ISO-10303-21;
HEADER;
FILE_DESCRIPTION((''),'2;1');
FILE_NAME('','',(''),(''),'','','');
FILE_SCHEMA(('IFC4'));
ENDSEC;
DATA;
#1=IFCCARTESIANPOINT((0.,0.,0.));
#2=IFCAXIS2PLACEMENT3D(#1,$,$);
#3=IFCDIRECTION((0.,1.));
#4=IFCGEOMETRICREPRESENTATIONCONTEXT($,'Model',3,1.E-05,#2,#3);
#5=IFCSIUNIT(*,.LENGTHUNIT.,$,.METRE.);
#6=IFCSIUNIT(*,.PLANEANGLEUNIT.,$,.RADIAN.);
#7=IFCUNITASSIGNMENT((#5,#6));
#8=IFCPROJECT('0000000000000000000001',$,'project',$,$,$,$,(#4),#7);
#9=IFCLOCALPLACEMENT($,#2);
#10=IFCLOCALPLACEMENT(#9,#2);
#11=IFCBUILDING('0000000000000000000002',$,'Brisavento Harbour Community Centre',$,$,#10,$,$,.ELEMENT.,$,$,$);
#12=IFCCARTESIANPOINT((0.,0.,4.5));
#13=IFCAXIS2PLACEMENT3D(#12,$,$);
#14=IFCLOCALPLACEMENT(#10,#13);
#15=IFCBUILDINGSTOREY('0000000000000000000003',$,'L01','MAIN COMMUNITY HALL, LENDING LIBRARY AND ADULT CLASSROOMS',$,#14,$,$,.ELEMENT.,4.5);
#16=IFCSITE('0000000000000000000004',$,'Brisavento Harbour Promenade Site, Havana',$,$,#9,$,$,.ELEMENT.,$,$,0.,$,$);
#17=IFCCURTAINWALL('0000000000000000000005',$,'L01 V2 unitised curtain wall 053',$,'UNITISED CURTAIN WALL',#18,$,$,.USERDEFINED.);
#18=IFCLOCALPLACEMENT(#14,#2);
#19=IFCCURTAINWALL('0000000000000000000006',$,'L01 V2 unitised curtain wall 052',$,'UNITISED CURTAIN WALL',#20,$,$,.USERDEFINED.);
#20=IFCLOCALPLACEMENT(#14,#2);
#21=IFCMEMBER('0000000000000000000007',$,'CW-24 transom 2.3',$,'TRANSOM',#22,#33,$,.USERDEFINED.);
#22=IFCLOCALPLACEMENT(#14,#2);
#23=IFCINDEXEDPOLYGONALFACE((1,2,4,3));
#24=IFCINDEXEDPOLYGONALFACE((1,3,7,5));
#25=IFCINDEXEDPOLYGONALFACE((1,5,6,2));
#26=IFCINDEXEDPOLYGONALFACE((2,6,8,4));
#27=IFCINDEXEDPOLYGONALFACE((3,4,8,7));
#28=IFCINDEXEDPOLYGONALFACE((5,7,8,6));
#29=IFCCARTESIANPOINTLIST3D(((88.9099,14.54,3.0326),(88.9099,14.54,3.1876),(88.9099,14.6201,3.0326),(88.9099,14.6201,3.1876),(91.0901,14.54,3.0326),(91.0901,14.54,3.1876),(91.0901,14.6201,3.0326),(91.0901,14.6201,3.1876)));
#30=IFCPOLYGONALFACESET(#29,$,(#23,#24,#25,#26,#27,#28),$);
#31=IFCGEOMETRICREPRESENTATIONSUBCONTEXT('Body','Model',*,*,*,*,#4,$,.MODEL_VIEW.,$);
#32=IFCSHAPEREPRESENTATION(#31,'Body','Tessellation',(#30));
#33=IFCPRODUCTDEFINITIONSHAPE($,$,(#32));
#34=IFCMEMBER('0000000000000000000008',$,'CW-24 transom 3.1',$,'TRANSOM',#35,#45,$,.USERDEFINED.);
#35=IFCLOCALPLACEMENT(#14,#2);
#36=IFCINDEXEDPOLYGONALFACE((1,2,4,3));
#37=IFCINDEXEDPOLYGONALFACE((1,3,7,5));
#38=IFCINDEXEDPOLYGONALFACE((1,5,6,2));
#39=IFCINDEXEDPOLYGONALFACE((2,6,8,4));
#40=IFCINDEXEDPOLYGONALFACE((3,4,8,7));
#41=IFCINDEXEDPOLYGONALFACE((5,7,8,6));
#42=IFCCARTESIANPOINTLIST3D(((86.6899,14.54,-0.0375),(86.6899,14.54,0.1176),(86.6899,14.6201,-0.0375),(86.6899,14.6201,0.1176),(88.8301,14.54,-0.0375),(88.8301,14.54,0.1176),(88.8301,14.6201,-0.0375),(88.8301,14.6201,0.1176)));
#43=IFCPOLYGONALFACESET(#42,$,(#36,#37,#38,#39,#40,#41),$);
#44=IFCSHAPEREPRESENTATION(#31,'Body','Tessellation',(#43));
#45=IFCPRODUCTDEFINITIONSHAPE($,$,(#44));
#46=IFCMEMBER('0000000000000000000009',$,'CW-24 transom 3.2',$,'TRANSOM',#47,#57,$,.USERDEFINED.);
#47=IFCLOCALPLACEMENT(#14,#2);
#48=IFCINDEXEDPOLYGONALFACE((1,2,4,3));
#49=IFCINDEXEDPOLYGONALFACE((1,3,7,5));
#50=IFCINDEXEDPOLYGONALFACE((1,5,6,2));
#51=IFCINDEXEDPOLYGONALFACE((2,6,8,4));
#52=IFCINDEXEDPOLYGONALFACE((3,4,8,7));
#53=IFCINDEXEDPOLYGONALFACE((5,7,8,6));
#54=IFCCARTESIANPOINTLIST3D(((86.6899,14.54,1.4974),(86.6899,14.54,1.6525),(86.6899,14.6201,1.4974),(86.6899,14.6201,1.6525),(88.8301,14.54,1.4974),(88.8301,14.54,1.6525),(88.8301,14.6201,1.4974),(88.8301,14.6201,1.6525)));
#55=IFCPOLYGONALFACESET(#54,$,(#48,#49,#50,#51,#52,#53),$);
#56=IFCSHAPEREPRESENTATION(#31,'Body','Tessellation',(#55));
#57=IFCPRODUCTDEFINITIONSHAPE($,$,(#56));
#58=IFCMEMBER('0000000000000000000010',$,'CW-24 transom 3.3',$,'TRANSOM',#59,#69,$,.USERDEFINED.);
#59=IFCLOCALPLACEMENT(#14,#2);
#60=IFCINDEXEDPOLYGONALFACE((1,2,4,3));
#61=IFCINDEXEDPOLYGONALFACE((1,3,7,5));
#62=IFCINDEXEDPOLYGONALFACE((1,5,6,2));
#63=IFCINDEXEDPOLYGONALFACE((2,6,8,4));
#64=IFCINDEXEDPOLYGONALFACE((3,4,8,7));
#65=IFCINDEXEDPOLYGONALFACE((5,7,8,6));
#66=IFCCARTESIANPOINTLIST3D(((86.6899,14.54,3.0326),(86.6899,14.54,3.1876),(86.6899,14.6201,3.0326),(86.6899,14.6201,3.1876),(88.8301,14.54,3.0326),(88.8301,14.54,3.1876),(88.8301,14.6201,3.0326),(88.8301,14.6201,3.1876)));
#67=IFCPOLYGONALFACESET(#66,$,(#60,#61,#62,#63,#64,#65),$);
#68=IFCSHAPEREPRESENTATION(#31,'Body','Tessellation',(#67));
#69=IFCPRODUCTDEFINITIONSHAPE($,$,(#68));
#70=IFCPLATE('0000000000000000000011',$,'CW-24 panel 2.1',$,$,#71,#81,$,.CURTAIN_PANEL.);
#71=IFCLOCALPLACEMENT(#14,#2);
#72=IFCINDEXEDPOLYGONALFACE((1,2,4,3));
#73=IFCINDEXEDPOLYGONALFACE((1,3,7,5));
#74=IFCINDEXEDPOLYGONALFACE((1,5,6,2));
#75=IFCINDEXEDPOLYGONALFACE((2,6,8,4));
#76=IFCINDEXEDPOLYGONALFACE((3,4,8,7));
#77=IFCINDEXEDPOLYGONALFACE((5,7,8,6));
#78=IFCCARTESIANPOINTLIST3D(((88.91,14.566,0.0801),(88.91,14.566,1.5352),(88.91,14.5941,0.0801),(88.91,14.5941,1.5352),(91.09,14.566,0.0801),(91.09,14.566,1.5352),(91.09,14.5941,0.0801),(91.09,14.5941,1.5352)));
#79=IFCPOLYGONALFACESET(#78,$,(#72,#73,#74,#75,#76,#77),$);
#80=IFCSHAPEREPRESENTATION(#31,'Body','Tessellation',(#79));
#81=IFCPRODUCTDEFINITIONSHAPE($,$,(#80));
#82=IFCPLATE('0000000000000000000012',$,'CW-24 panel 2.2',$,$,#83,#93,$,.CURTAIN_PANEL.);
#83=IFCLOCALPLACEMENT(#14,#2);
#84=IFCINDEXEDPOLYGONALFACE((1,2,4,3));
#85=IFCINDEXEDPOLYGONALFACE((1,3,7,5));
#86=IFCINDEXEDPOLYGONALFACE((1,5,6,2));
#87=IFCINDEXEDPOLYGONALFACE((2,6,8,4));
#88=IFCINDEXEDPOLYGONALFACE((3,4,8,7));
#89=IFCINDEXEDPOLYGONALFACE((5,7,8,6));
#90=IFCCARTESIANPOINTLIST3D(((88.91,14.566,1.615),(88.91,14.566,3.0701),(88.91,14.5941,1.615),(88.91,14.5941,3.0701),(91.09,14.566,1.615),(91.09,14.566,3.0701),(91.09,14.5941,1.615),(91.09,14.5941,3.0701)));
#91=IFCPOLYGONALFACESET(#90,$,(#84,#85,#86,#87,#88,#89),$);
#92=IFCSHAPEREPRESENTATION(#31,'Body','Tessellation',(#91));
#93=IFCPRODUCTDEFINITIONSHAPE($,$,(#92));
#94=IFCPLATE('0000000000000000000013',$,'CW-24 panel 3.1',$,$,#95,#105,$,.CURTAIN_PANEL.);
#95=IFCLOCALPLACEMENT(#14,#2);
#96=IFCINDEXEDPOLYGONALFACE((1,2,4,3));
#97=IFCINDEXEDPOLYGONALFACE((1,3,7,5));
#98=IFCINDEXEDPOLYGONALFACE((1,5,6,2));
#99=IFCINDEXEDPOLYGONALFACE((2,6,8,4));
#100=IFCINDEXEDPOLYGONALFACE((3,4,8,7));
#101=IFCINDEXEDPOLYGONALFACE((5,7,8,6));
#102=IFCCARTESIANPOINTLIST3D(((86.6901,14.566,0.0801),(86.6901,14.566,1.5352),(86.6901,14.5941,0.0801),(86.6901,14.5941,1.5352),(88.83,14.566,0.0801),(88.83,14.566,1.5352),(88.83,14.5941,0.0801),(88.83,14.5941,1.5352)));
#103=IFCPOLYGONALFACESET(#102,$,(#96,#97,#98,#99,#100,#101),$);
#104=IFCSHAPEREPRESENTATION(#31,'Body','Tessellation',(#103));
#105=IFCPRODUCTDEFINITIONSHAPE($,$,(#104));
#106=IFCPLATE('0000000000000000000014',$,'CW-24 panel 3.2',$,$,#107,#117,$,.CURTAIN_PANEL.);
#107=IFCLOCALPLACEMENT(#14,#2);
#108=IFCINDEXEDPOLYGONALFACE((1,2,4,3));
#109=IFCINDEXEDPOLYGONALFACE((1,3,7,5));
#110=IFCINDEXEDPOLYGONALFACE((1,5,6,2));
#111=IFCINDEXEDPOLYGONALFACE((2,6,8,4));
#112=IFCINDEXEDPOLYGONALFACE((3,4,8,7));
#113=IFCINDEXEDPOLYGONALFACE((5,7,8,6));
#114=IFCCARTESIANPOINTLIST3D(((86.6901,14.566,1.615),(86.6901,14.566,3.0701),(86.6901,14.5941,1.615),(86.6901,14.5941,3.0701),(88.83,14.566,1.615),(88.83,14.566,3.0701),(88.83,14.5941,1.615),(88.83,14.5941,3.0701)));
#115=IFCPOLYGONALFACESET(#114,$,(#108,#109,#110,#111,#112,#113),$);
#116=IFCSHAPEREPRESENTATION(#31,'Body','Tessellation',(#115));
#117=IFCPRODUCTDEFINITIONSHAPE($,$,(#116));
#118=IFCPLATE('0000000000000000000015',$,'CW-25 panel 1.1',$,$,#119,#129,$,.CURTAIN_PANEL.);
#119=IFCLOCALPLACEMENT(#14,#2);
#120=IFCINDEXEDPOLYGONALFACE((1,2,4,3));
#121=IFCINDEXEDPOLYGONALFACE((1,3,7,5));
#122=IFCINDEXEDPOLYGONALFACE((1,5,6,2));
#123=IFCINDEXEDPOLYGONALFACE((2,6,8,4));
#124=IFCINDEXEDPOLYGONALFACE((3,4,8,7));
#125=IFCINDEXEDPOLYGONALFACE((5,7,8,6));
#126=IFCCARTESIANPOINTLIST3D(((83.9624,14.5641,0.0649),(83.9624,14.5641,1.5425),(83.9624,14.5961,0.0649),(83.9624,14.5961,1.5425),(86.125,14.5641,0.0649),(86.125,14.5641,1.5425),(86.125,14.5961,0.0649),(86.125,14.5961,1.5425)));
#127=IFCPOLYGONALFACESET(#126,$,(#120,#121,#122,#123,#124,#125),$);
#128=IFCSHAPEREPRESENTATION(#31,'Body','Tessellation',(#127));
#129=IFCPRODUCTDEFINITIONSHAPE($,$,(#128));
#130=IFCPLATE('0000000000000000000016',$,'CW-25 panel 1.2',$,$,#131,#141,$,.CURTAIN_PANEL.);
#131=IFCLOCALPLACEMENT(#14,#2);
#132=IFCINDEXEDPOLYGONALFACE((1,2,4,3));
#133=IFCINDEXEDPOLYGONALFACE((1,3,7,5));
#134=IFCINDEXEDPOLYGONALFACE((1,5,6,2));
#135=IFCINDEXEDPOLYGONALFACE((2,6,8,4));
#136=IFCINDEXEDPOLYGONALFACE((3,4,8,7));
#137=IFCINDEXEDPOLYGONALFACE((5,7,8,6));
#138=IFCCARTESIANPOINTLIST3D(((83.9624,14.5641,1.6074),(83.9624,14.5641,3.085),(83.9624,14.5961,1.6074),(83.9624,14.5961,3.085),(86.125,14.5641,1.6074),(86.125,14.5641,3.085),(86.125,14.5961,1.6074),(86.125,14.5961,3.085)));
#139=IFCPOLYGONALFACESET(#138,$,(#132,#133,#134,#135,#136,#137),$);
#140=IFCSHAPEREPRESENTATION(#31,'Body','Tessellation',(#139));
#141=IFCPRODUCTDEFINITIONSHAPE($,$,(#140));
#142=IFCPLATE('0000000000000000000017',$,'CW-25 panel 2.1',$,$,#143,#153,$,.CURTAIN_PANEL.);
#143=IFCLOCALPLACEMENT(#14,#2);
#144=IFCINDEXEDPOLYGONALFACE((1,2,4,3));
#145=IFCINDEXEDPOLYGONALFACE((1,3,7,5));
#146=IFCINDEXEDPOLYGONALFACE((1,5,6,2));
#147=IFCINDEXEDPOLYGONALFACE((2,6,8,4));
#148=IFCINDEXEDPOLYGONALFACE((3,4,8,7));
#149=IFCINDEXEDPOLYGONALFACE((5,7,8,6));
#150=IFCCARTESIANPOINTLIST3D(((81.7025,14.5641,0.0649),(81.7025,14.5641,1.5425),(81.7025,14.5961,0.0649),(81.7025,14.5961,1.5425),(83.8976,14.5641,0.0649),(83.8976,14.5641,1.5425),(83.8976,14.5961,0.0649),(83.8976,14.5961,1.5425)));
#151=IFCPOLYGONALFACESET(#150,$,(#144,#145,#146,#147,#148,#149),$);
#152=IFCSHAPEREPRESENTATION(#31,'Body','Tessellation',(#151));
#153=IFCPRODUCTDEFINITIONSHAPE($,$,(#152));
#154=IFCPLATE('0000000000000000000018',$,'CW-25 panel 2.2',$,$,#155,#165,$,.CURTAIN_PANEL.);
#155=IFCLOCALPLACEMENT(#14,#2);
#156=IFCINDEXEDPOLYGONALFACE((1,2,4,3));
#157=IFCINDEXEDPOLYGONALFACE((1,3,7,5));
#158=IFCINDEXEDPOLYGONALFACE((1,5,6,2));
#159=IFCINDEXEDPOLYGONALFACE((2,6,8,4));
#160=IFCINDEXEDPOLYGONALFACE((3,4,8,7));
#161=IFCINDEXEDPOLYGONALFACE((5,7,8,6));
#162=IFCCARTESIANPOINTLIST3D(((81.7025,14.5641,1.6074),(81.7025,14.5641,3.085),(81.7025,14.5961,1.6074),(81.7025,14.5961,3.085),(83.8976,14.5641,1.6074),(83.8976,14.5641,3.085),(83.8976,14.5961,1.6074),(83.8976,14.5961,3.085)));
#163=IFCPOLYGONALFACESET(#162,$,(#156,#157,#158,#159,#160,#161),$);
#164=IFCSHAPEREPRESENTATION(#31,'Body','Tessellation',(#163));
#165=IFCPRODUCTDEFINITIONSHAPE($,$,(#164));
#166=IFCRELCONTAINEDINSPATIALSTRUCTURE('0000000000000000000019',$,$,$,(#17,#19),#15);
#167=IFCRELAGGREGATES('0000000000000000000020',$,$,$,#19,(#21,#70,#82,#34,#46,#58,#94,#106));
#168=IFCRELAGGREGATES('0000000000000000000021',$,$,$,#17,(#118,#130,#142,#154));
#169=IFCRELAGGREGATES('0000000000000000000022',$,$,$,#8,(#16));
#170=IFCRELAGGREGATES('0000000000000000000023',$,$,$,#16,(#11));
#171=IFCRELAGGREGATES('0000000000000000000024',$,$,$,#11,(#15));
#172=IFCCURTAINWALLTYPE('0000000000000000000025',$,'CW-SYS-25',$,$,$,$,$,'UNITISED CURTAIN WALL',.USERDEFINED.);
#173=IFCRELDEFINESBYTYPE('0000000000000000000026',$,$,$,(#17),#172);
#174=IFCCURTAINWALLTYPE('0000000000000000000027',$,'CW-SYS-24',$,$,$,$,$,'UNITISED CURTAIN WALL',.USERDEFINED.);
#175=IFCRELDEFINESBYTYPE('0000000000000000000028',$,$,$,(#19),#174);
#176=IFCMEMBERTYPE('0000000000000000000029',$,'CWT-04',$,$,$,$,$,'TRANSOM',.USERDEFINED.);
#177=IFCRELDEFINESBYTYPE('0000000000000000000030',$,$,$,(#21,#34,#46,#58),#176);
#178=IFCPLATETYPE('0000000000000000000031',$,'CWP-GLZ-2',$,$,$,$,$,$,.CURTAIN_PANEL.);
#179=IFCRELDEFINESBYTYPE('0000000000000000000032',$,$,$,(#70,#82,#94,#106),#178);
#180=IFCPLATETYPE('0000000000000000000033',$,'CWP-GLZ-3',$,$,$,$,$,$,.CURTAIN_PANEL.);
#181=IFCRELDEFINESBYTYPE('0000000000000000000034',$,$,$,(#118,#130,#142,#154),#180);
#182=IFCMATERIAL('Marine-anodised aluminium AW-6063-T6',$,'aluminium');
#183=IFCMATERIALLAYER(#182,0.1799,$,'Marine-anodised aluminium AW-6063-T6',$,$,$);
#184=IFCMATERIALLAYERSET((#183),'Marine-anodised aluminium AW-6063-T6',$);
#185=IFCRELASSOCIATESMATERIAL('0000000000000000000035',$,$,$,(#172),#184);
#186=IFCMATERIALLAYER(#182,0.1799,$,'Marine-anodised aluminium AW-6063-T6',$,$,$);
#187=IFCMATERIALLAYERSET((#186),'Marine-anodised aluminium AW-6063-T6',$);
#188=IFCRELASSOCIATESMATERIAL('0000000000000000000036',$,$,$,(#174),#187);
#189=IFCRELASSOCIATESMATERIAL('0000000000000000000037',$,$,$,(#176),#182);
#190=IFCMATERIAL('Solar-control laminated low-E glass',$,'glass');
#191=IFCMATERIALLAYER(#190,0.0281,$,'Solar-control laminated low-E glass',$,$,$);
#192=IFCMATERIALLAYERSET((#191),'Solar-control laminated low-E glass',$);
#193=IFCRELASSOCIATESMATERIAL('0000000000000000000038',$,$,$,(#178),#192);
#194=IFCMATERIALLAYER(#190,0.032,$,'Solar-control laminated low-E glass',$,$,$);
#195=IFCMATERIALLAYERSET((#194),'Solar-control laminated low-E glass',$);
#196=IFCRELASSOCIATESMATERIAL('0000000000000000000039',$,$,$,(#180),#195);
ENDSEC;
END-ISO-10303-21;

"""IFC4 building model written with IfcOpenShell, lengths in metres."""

from ifc_helpers import new_model, si_unit, direction, frame, origin, origin_2d, place, context, subcontext, project, spatial, rectangle, extrude, material, layer, layer_set, material_profile, profile_set, type_object, element, aggregate, save


model = new_model("IFC4")

# Units and contexts
model_context = context("Model", 3, precision=1e-05, world=origin(), true_north=direction((0.0, 1.0)))
body_context = subcontext(model_context, "Body", "Model", "MODEL_VIEW")
ifc_project = project(units=[si_unit("LENGTHUNIT", "METRE"), si_unit("PLANEANGLEUNIT", "RADIAN")], contexts=[model_context])

# Site, building, storey
site_placement = place(None, origin())
site = spatial("IfcSite", under=ifc_project, at=site_placement, Name="Brisavento Harbour Promenade Site, Havana", CompositionType="ELEMENT", RefElevation=0.0)
building_placement = place(site_placement, origin())
building = spatial("IfcBuilding", under=site, at=building_placement, Name="Brisavento Harbour Community Centre", CompositionType="ELEMENT")
storey_placement = place(building_placement, frame((0.0, 0.0, 4.5)))
storey = spatial("IfcBuildingStorey", under=building, at=storey_placement, Name="L01", Description="MAIN COMMUNITY HALL, LENDING LIBRARY AND ADULT CLASSROOMS", CompositionType="ELEMENT", Elevation=4.5)

# Curtain walls
ifc_material_1 = material(Name="Marine-anodised aluminium AW-6063-T6", Category="aluminium")
ifc_layer_1 = layer(ifc_material_1, 0.1799, Name="Marine-anodised aluminium AW-6063-T6")
ifc_layer_set_1 = layer_set([ifc_layer_1], Name="Marine-anodised aluminium AW-6063-T6")
curtain_wall_type_1 = type_object("IfcCurtainWallType", Name="CW-SYS-25", ElementType="UNITISED CURTAIN WALL", PredefinedType="USERDEFINED", material=ifc_layer_set_1)
curtain_wall_1_placement = place(storey_placement, origin())
curtain_wall_1 = element("IfcCurtainWall", 1, at=curtain_wall_1_placement, inside=storey, type_object=curtain_wall_type_1, Name="L01 V2 unitised curtain wall 053", ObjectType="UNITISED CURTAIN WALL", PredefinedType="USERDEFINED")
ifc_layer_2 = layer(ifc_material_1, 0.1799, Name="Marine-anodised aluminium AW-6063-T6")
ifc_layer_set_2 = layer_set([ifc_layer_2], Name="Marine-anodised aluminium AW-6063-T6")
curtain_wall_type_2 = type_object("IfcCurtainWallType", Name="CW-SYS-24", ElementType="UNITISED CURTAIN WALL", PredefinedType="USERDEFINED", material=ifc_layer_set_2)
curtain_wall_2_placement = place(storey_placement, origin())
curtain_wall_2 = element("IfcCurtainWall", 2, at=curtain_wall_2_placement, inside=storey, type_object=curtain_wall_type_2, Name="L01 V2 unitised curtain wall 052", ObjectType="UNITISED CURTAIN WALL", PredefinedType="USERDEFINED")

# Members
ifc_material_profile_1 = material_profile(ifc_material_1, rectangle(XDim=0.0801, YDim=0.155, at=origin_2d()), Name="Marine-anodised aluminium AW-6063-T6")
ifc_profile_set_1 = profile_set([ifc_material_profile_1], Name="Marine-anodised aluminium AW-6063-T6")
member_type_1 = type_object("IfcMemberType", Name="CWT-04", ElementType="TRANSOM", PredefinedType="USERDEFINED", material=ifc_profile_set_1)
member_1_placement = place(storey_placement, frame((91.0901, 14.5801, 3.1101), z_axis=(-1.0, 0.0, 0.0), x_axis=(0.0, -1.0, 0.0)))
member_1 = element("IfcMember", 3, at=member_1_placement, type_object=member_type_1, Name="CW-24 transom 2.3", ObjectType="TRANSOM", PredefinedType="USERDEFINED", context=body_context, shape_type="SweptSolid", body=[
    extrude(rectangle(XDim=0.0801, YDim=0.155, at=origin_2d()), origin(), (0.0, 0.0, 1.0), 2.1802),
])
member_2_placement = place(storey_placement, frame((88.8301, 14.5801, 0.04), z_axis=(-1.0, 0.0, 0.0), x_axis=(0.0, -1.0, 0.0)))
member_2 = element("IfcMember", 4, at=member_2_placement, type_object=member_type_1, Name="CW-24 transom 3.1", ObjectType="TRANSOM", PredefinedType="USERDEFINED", context=body_context, shape_type="SweptSolid", body=[
    extrude(rectangle(XDim=0.0801, YDim=0.155, at=origin_2d()), origin(), (0.0, 0.0, 1.0), 2.1401),
])
member_3_placement = place(storey_placement, frame((88.8301, 14.5801, 1.575), z_axis=(-1.0, 0.0, 0.0), x_axis=(0.0, -1.0, 0.0)))
member_3 = element("IfcMember", 5, at=member_3_placement, type_object=member_type_1, Name="CW-24 transom 3.2", ObjectType="TRANSOM", PredefinedType="USERDEFINED", context=body_context, shape_type="SweptSolid", body=[
    extrude(rectangle(XDim=0.0801, YDim=0.155, at=origin_2d()), origin(), (0.0, 0.0, 1.0), 2.1401),
])
member_4_placement = place(storey_placement, frame((88.8301, 14.5801, 3.1101), z_axis=(-1.0, 0.0, 0.0), x_axis=(0.0, -1.0, 0.0)))
member_4 = element("IfcMember", 6, at=member_4_placement, type_object=member_type_1, Name="CW-24 transom 3.3", ObjectType="TRANSOM", PredefinedType="USERDEFINED", context=body_context, shape_type="SweptSolid", body=[
    extrude(rectangle(XDim=0.0801, YDim=0.155, at=origin_2d()), origin(), (0.0, 0.0, 1.0), 2.1401),
])

# Plates
ifc_material_2 = material(Name="Solar-control laminated low-E glass", Category="glass")
ifc_layer_3 = layer(ifc_material_2, 0.0281, Name="Solar-control laminated low-E glass")
ifc_layer_set_3 = layer_set([ifc_layer_3], Name="Solar-control laminated low-E glass")
plate_type_1 = type_object("IfcPlateType", Name="CWP-GLZ-2", PredefinedType="CURTAIN_PANEL", material=ifc_layer_set_3)
plate_1_placement = place(storey_placement, frame((90.0, 14.5801, 0.0801), z_axis=(0.0, 0.0, 1.0), x_axis=(-1.0, 0.0, 0.0)))
plate_1 = element("IfcPlate", 7, at=plate_1_placement, type_object=plate_type_1, Name="CW-24 panel 2.1", PredefinedType="CURTAIN_PANEL", context=body_context, shape_type="SweptSolid", body=[
    extrude(rectangle(XDim=2.1799, YDim=0.0281, at=origin_2d()), origin(), (0.0, 0.0, 1.0), 1.4551),
])
plate_2_placement = place(storey_placement, frame((90.0, 14.5801, 1.615), z_axis=(0.0, 0.0, 1.0), x_axis=(-1.0, 0.0, 0.0)))
plate_2 = element("IfcPlate", 8, at=plate_2_placement, type_object=plate_type_1, Name="CW-24 panel 2.2", PredefinedType="CURTAIN_PANEL", context=body_context, shape_type="SweptSolid", body=[
    extrude(rectangle(XDim=2.1799, YDim=0.0281, at=origin_2d()), origin(), (0.0, 0.0, 1.0), 1.4551),
])
plate_3_placement = place(storey_placement, frame((87.76, 14.5801, 0.0801), z_axis=(0.0, 0.0, 1.0), x_axis=(-1.0, 0.0, 0.0)))
plate_3 = element("IfcPlate", 9, at=plate_3_placement, type_object=plate_type_1, Name="CW-24 panel 3.1", PredefinedType="CURTAIN_PANEL", context=body_context, shape_type="SweptSolid", body=[
    extrude(rectangle(XDim=2.1399, YDim=0.0281, at=origin_2d()), origin(), (0.0, 0.0, 1.0), 1.4551),
])
plate_4_placement = place(storey_placement, frame((87.76, 14.5801, 1.615), z_axis=(0.0, 0.0, 1.0), x_axis=(-1.0, 0.0, 0.0)))
plate_4 = element("IfcPlate", 10, at=plate_4_placement, type_object=plate_type_1, Name="CW-24 panel 3.2", PredefinedType="CURTAIN_PANEL", context=body_context, shape_type="SweptSolid", body=[
    extrude(rectangle(XDim=2.1399, YDim=0.0281, at=origin_2d()), origin(), (0.0, 0.0, 1.0), 1.4551),
])
aggregate(curtain_wall_2, [member_1, plate_1, plate_2, member_2, member_3, member_4, plate_3, plate_4])
ifc_layer_4 = layer(ifc_material_2, 0.032, Name="Solar-control laminated low-E glass")
ifc_layer_set_4 = layer_set([ifc_layer_4], Name="Solar-control laminated low-E glass")
plate_type_2 = type_object("IfcPlateType", Name="CWP-GLZ-3", PredefinedType="CURTAIN_PANEL", material=ifc_layer_set_4)
plate_5_placement = place(storey_placement, frame((85.0437, 14.5801, 0.0649), z_axis=(0.0, 0.0, 1.0), x_axis=(-1.0, 0.0, 0.0)))
plate_5 = element("IfcPlate", 11, at=plate_5_placement, type_object=plate_type_2, Name="CW-25 panel 1.1", PredefinedType="CURTAIN_PANEL", context=body_context, shape_type="SweptSolid", body=[
    extrude(rectangle(XDim=2.1626, YDim=0.032, at=origin_2d()), origin(), (0.0, 0.0, 1.0), 1.4775),
])
plate_6_placement = place(storey_placement, frame((85.0437, 14.5801, 1.6074), z_axis=(0.0, 0.0, 1.0), x_axis=(-1.0, 0.0, 0.0)))
plate_6 = element("IfcPlate", 12, at=plate_6_placement, type_object=plate_type_2, Name="CW-25 panel 1.2", PredefinedType="CURTAIN_PANEL", context=body_context, shape_type="SweptSolid", body=[
    extrude(rectangle(XDim=2.1626, YDim=0.032, at=origin_2d()), origin(), (0.0, 0.0, 1.0), 1.4775),
])
plate_7_placement = place(storey_placement, frame((82.8, 14.5801, 0.0649), z_axis=(0.0, 0.0, 1.0), x_axis=(-1.0, 0.0, 0.0)))
plate_7 = element("IfcPlate", 13, at=plate_7_placement, type_object=plate_type_2, Name="CW-25 panel 2.1", PredefinedType="CURTAIN_PANEL", context=body_context, shape_type="SweptSolid", body=[
    extrude(rectangle(XDim=2.1951, YDim=0.032, at=origin_2d()), origin(), (0.0, 0.0, 1.0), 1.4775),
])
plate_8_placement = place(storey_placement, frame((82.8, 14.5801, 1.6074), z_axis=(0.0, 0.0, 1.0), x_axis=(-1.0, 0.0, 0.0)))
plate_8 = element("IfcPlate", 14, at=plate_8_placement, type_object=plate_type_2, Name="CW-25 panel 2.2", PredefinedType="CURTAIN_PANEL", context=body_context, shape_type="SweptSolid", body=[
    extrude(rectangle(XDim=2.1951, YDim=0.032, at=origin_2d()), origin(), (0.0, 0.0, 1.0), 1.4775),
])
aggregate(curtain_wall_1, [plate_5, plate_6, plate_7, plate_8])

save(model, "model.ifc")
